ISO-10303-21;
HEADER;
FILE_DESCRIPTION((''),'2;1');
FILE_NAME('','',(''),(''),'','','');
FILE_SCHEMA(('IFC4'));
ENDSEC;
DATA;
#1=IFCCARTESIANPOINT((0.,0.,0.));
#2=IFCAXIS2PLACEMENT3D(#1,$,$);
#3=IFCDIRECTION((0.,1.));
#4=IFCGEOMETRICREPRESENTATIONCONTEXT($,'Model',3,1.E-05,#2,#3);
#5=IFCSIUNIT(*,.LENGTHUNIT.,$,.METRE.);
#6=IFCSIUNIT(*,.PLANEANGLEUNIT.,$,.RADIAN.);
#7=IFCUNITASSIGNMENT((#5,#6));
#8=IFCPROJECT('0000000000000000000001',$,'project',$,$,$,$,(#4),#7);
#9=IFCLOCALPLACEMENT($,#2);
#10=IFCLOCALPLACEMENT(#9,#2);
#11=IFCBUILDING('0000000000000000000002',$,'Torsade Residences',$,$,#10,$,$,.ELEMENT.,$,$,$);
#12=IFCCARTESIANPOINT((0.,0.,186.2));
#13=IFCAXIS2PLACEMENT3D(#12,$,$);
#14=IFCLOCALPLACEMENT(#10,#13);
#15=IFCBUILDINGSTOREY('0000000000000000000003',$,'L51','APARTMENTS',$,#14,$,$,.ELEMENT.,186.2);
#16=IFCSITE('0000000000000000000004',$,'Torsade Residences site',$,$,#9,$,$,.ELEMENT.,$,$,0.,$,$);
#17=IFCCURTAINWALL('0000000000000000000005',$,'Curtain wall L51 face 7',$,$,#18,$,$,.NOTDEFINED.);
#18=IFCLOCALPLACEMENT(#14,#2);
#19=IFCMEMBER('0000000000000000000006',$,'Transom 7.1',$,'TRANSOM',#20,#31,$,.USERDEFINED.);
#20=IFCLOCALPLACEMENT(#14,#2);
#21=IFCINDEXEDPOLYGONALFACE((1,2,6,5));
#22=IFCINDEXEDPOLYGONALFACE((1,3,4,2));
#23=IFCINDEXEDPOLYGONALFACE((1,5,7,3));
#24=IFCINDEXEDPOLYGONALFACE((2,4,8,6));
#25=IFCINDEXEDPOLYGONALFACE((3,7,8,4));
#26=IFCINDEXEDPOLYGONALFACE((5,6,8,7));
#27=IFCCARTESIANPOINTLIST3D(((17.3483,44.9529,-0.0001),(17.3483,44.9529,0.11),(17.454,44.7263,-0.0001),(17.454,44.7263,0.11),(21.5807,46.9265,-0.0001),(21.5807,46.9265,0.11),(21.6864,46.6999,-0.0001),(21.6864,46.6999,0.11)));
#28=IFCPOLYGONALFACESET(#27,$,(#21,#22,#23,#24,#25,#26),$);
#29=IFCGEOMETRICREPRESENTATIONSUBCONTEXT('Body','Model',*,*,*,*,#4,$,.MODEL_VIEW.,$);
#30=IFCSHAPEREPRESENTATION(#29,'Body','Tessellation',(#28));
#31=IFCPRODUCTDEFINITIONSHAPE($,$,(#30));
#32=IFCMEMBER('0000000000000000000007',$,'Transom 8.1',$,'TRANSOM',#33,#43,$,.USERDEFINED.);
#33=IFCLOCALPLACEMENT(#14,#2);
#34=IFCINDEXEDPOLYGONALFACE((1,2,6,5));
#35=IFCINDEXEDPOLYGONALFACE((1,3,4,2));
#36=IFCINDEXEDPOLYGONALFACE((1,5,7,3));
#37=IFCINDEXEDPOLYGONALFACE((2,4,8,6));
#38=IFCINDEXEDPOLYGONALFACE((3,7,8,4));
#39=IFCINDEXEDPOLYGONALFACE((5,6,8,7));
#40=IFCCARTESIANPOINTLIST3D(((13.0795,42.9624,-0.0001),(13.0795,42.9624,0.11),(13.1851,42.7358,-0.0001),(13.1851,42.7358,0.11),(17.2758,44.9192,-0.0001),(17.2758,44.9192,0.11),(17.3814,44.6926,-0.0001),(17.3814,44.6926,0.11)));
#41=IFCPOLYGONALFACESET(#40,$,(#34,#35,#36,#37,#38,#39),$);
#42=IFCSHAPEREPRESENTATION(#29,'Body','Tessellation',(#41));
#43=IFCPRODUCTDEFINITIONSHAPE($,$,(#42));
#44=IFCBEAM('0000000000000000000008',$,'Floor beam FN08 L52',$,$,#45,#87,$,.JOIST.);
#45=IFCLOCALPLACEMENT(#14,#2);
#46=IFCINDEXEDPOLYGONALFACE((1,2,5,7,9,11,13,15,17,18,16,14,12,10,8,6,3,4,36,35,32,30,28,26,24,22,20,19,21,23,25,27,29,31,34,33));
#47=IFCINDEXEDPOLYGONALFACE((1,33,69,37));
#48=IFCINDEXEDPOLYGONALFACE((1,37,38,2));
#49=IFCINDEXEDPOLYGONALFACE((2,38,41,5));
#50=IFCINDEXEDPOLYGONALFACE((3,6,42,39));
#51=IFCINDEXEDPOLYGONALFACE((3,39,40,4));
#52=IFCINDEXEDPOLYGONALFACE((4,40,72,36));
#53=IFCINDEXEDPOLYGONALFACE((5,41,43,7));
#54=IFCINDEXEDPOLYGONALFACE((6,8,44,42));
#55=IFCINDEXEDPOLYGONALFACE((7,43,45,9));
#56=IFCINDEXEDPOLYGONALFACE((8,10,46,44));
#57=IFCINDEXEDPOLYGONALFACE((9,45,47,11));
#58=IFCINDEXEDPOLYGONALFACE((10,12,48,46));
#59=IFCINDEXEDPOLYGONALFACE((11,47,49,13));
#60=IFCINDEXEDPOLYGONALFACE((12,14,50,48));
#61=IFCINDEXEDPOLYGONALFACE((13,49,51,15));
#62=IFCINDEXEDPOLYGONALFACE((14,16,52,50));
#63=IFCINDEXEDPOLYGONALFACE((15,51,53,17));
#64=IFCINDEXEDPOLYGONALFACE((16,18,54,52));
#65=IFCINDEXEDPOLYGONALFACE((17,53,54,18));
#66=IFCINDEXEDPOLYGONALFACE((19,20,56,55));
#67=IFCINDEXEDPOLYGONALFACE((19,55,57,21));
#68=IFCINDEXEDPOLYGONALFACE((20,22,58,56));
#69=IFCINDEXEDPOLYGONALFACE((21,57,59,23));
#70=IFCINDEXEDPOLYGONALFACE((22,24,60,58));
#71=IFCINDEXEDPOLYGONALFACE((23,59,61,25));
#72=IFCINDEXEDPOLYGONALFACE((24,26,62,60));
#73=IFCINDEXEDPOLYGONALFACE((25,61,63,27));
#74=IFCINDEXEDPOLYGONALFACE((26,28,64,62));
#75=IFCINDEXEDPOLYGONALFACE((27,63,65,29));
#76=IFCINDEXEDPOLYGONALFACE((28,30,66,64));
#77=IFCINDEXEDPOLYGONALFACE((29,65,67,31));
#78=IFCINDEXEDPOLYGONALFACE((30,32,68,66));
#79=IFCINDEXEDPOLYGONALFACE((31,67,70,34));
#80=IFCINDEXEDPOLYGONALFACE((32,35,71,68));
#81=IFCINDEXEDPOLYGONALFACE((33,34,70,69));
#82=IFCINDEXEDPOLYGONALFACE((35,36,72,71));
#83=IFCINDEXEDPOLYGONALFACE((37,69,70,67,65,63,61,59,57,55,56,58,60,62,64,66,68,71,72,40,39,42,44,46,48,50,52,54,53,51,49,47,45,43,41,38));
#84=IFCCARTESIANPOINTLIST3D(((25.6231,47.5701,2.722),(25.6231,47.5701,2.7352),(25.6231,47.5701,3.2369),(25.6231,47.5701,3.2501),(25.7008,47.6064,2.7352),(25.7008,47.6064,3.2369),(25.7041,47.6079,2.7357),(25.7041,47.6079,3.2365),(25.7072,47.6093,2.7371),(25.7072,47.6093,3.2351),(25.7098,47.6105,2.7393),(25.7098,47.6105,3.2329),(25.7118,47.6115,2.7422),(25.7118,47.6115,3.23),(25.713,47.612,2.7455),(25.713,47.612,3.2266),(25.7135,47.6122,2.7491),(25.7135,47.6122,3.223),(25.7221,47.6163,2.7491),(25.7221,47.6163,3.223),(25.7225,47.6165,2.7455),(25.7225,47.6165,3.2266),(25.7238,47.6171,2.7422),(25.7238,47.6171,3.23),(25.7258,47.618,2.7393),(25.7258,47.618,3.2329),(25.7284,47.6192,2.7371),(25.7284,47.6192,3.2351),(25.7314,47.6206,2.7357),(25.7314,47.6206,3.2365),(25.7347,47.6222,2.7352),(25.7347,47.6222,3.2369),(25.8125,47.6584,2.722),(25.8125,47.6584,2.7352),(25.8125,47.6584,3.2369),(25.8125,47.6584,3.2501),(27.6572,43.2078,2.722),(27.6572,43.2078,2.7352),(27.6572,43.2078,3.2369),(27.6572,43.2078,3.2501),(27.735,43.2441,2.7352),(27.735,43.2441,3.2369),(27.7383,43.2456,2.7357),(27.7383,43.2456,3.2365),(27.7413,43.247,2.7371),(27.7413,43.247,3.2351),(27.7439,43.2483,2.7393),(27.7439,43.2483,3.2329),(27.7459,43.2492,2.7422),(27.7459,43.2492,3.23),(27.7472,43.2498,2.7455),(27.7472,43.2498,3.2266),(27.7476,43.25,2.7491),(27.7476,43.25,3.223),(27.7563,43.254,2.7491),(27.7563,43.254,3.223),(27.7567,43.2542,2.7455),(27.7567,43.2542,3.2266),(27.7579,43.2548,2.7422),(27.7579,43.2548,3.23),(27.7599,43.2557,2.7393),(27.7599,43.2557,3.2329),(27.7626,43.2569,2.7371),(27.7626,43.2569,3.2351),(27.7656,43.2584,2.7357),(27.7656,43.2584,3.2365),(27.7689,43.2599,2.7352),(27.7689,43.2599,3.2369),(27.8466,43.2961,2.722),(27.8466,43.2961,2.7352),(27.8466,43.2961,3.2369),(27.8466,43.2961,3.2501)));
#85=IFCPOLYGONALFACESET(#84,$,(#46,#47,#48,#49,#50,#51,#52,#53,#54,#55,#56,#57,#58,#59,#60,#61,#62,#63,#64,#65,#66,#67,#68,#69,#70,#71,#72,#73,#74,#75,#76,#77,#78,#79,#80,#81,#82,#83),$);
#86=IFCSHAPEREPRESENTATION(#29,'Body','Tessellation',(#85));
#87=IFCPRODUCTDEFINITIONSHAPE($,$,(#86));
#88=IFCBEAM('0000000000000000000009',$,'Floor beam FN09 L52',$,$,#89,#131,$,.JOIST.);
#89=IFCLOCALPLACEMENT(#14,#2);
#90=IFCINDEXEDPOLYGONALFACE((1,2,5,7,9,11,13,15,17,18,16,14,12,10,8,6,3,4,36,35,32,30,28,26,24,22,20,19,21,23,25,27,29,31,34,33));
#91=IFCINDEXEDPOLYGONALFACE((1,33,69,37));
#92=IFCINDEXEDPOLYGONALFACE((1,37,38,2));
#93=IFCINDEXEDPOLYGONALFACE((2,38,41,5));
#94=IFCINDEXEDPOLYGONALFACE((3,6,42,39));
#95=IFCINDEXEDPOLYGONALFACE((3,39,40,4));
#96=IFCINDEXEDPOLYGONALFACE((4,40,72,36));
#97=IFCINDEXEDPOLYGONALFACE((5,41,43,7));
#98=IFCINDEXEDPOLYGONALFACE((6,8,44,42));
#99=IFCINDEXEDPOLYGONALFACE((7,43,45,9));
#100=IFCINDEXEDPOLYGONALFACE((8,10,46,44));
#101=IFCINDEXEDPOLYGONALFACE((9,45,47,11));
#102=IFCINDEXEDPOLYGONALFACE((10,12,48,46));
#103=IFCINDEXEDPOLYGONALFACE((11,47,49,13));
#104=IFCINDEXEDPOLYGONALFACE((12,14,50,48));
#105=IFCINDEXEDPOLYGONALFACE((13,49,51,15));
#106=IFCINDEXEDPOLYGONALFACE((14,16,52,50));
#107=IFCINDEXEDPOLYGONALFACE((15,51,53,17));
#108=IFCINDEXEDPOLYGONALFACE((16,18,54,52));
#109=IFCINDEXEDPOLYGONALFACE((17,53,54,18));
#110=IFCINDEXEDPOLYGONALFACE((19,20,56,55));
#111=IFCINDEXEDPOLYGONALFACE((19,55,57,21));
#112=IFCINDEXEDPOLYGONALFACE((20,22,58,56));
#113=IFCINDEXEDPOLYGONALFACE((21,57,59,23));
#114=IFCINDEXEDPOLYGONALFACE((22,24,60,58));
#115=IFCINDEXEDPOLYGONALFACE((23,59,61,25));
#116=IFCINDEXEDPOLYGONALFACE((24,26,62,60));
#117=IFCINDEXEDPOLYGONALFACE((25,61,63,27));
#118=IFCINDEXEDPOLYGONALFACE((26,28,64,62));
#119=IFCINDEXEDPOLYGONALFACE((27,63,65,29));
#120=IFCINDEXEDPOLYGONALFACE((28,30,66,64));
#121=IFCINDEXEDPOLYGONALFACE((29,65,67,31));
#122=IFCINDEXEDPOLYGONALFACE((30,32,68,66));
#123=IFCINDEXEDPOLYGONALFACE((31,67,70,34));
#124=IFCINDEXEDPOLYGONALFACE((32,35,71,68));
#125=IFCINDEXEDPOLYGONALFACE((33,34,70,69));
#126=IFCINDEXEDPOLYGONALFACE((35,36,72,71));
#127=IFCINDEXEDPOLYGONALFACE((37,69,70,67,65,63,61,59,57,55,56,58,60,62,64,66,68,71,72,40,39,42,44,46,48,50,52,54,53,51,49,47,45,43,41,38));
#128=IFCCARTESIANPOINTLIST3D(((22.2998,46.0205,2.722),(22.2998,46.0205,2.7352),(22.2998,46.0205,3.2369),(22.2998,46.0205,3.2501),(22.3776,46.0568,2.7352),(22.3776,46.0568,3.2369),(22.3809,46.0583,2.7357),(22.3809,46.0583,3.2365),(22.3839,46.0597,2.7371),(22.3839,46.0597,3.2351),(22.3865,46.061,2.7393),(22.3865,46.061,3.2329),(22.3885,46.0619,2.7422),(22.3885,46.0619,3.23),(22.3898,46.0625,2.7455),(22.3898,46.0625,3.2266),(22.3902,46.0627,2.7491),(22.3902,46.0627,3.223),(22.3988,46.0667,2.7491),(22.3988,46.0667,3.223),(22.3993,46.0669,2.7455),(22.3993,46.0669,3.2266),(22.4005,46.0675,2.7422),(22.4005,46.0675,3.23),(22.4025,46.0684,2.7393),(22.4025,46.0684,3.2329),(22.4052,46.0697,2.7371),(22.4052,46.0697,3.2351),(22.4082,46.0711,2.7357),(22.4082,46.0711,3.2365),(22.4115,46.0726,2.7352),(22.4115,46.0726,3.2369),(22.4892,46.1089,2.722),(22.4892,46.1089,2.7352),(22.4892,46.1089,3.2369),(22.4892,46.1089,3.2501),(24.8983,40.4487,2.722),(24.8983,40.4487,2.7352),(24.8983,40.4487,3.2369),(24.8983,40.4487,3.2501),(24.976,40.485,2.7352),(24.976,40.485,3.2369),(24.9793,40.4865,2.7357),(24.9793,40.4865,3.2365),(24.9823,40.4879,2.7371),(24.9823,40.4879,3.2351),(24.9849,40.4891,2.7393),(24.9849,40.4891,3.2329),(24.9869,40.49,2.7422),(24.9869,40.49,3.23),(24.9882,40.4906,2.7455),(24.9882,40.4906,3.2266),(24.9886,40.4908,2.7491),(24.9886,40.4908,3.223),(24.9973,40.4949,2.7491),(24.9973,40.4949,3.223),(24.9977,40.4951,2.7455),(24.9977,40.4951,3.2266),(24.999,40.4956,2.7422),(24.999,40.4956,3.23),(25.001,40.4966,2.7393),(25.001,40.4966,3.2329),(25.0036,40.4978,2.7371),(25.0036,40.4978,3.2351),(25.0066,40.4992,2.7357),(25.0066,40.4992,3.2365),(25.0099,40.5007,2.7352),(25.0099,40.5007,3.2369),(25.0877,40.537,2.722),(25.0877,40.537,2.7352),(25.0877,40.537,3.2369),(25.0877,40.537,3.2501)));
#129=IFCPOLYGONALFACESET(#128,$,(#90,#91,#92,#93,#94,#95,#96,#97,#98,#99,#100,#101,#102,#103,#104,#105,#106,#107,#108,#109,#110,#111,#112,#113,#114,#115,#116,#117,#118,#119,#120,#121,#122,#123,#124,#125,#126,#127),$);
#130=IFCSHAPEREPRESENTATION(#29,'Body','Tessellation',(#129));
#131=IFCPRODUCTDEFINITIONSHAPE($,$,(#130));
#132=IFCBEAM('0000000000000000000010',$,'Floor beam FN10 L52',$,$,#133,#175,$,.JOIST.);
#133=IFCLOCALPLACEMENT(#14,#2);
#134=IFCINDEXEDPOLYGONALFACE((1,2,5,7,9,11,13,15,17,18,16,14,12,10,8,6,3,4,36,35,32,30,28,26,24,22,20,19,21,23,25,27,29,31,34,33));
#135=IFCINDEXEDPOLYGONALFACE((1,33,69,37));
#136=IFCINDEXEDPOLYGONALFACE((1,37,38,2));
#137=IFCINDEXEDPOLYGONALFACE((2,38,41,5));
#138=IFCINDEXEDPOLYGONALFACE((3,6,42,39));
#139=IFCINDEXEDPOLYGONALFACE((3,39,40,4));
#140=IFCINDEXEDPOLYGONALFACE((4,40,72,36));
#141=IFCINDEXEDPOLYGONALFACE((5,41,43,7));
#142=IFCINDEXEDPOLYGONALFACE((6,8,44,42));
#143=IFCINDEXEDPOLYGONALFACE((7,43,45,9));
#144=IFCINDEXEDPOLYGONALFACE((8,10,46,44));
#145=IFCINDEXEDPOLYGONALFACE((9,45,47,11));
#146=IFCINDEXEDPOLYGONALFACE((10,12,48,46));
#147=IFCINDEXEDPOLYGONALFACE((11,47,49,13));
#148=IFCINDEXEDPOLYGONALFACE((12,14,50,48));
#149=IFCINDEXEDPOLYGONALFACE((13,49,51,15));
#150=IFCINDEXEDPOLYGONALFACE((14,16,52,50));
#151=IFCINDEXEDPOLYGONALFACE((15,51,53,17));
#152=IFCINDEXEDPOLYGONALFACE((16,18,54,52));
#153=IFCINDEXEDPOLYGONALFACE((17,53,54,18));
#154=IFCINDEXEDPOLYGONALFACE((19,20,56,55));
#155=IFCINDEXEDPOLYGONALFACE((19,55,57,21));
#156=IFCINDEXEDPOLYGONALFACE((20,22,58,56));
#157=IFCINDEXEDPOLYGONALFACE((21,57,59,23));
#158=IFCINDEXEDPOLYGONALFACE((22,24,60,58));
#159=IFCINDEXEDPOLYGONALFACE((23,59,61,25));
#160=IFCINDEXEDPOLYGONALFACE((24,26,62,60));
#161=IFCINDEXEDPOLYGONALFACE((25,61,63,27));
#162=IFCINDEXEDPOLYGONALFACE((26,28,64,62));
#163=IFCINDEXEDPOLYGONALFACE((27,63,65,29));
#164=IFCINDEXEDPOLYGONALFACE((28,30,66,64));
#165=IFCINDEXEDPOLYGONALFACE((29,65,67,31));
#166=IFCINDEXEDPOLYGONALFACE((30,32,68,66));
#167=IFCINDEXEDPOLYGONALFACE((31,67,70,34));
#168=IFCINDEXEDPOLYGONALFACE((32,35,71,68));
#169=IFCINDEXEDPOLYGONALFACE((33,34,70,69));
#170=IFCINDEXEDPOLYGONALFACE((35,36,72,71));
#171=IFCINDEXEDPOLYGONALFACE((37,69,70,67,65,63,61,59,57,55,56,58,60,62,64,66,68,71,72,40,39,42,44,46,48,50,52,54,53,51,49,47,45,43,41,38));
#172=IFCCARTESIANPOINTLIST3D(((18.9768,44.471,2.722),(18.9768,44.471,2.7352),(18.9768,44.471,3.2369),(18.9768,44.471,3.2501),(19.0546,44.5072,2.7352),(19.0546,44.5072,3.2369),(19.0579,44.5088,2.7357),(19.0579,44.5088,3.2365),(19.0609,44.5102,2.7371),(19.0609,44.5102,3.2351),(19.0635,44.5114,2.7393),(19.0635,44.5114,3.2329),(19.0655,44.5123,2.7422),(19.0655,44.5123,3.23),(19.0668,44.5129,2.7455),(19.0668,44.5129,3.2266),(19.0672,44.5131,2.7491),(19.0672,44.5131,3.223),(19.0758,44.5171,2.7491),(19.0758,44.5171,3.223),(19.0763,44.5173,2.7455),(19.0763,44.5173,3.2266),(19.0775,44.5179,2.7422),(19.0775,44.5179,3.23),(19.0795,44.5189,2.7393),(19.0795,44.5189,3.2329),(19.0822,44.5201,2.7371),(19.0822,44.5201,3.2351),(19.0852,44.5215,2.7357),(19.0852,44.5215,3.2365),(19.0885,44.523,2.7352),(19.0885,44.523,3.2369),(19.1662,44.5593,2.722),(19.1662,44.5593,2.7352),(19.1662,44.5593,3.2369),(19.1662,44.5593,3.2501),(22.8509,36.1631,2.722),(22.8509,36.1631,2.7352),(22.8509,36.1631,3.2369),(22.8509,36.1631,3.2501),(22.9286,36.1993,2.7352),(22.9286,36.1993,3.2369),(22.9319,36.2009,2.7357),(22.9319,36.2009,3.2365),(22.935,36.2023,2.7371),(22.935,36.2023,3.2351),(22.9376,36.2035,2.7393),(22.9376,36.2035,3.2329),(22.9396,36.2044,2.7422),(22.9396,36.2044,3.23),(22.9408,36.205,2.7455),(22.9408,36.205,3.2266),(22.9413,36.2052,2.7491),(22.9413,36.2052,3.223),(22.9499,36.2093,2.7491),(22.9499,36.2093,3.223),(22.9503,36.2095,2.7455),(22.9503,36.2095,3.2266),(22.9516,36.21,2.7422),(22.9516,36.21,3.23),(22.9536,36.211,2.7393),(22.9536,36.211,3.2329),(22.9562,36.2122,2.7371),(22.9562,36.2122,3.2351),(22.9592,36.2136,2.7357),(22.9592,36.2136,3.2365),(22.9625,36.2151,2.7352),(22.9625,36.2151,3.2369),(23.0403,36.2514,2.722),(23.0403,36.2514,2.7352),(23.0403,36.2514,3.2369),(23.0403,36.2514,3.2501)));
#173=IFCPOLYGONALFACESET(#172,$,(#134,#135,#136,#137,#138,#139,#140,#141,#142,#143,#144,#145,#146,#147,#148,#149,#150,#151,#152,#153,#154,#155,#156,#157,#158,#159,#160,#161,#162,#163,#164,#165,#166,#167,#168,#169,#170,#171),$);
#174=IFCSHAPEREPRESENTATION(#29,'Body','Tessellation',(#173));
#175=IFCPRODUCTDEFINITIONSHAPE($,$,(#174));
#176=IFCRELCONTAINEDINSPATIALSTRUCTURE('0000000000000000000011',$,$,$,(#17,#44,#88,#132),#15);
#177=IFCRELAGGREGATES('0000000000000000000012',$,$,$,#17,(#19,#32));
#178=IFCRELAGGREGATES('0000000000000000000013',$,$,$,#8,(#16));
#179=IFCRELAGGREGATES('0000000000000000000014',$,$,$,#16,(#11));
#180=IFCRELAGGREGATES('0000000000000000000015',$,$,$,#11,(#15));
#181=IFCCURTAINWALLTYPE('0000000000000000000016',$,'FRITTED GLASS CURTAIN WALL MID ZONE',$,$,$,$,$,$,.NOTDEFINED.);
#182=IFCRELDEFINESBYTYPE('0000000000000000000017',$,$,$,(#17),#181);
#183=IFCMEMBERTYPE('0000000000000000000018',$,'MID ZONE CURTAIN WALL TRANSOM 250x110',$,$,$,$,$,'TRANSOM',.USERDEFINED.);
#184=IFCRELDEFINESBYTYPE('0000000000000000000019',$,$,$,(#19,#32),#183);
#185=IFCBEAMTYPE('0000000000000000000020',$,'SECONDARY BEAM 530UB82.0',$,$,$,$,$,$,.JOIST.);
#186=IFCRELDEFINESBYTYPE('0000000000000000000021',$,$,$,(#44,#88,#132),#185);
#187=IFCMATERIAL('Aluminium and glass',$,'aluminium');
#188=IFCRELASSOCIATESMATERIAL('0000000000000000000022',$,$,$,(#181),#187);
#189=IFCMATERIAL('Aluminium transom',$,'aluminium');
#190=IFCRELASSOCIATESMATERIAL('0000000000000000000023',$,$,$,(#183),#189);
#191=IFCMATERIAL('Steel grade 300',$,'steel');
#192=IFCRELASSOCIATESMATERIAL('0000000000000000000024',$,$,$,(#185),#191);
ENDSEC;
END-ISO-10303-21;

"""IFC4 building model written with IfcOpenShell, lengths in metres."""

from ifc_helpers import new_model, si_unit, direction, frame, origin, origin_2d, place, context, subcontext, project, spatial, rectangle, i_section, extrude, material, material_profile, profile_set, type_object, element, aggregate, save


model = new_model("IFC4")

# Units and contexts
model_context = context("Model", 3, precision=1e-05, world=origin(), true_north=direction((0.0, 1.0)))
body_context = subcontext(model_context, "Body", "Model", "MODEL_VIEW")
ifc_project = project(units=[si_unit("LENGTHUNIT", "METRE"), si_unit("PLANEANGLEUNIT", "RADIAN")], contexts=[model_context])

# Site, building, storey
site_placement = place(None, origin())
site = spatial("IfcSite", under=ifc_project, at=site_placement, Name="Torsade Residences site", CompositionType="ELEMENT", RefElevation=0.0)
building_placement = place(site_placement, origin())
building = spatial("IfcBuilding", under=site, at=building_placement, Name="Torsade Residences", CompositionType="ELEMENT")
storey_placement = place(building_placement, frame((0.0, 0.0, 186.2)))
storey = spatial("IfcBuildingStorey", under=building, at=storey_placement, Name="L51", Description="APARTMENTS", CompositionType="ELEMENT", Elevation=186.2)

# Curtain wall, members
ifc_material_1 = material(Name="Aluminium and glass", Category="aluminium")
curtain_wall_type = type_object("IfcCurtainWallType", Name="FRITTED GLASS CURTAIN WALL MID ZONE", PredefinedType="NOTDEFINED", material=ifc_material_1)
curtain_wall_placement = place(storey_placement, origin())
curtain_wall = element("IfcCurtainWall", 1, at=curtain_wall_placement, inside=storey, type_object=curtain_wall_type, Name="Curtain wall L51 face 7", PredefinedType="NOTDEFINED")
ifc_material_2 = material(Name="Aluminium transom", Category="aluminium")
ifc_material_profile_1 = material_profile(ifc_material_2, rectangle(XDim=0.25, YDim=0.1101, at=origin_2d()), Name="MID ZONE CURTAIN WALL TRANSOM 250x110")
ifc_profile_set_1 = profile_set([ifc_material_profile_1], Name="Aluminium transom")
member_type_1 = type_object("IfcMemberType", Name="MID ZONE CURTAIN WALL TRANSOM 250x110", ElementType="TRANSOM", PredefinedType="USERDEFINED", material=ifc_profile_set_1)
member_1_placement = place(storey_placement, frame((21.6335, 46.8132, 0.0549), z_axis=(-0.906306, -0.422622, 0.0), x_axis=(0.422622, -0.906306, 0.0)))
member_1 = element("IfcMember", 2, at=member_1_placement, type_object=member_type_1, Name="Transom 7.1", ObjectType="TRANSOM", PredefinedType="USERDEFINED", context=body_context, shape_type="SweptSolid", body=[
    extrude(rectangle(XDim=0.25, YDim=0.1101, at=origin_2d()), origin(), (0.0, 0.0, 1.0), 4.6699),
])
member_2_placement = place(storey_placement, frame((17.3286, 44.8059, 0.0549), z_axis=(-0.906306, -0.422623, 0.0), x_axis=(0.422623, -0.906306, 0.0)))
member_2 = element("IfcMember", 3, at=member_2_placement, type_object=member_type_1, Name="Transom 8.1", ObjectType="TRANSOM", PredefinedType="USERDEFINED", context=body_context, shape_type="SweptSolid", body=[
    extrude(rectangle(XDim=0.25, YDim=0.1101, at=origin_2d()), origin(), (0.0, 0.0, 1.0), 4.6301),
])

# Beams
ifc_material_3 = material(Name="Steel grade 300", Category="steel")
ifc_material_profile_2 = material_profile(ifc_material_3, i_section(OverallWidth=0.209, OverallDepth=0.5281, WebThickness=0.0095, FlangeThickness=0.0132, FilletRadius=0.0139, at=origin_2d()), Name="530UB82.0")
ifc_profile_set_2 = profile_set([ifc_material_profile_2], Name="Steel grade 300")
beam_type_1 = type_object("IfcBeamType", Name="SECONDARY BEAM 530UB82.0", PredefinedType="JOIST", material=ifc_profile_set_2)
beam_1_placement = place(storey_placement, frame((25.7178, 47.6143, 2.9861), z_axis=(0.422619, -0.906308, 0.0), x_axis=(0.906308, 0.422619, 0.0)))
element("IfcBeam", 4, at=beam_1_placement, inside=storey, type_object=beam_type_1, Name="Floor beam FN08 L52", PredefinedType="JOIST", context=body_context, shape_type="SweptSolid", body=[
    extrude(i_section(OverallWidth=0.209, OverallDepth=0.5281, WebThickness=0.0095, FlangeThickness=0.0132, FilletRadius=0.0139, at=origin_2d()), origin(), (0.0, 0.0, 1.0), 4.8132),
])
beam_2_placement = place(storey_placement, frame((22.3945, 46.0647, 2.9861), z_axis=(0.422648, -0.906294, 0.0), x_axis=(0.906294, 0.422648, 0.0)))
element("IfcBeam", 5, at=beam_2_placement, inside=storey, type_object=beam_type_1, Name="Floor beam FN09 L52", PredefinedType="JOIST", context=body_context, shape_type="SweptSolid", body=[
    extrude(i_section(OverallWidth=0.209, OverallDepth=0.5281, WebThickness=0.0095, FlangeThickness=0.0132, FilletRadius=0.0139, at=origin_2d()), origin(), (0.0, 0.0, 1.0), 6.1479),
])
beam_3_placement = place(storey_placement, frame((19.0715, 44.5151, 2.9861), z_axis=(0.422619, -0.906308, 0.0), x_axis=(0.906308, 0.422619, 0.0)))
element("IfcBeam", 6, at=beam_3_placement, inside=storey, type_object=beam_type_1, Name="Floor beam FN10 L52", PredefinedType="JOIST", context=body_context, shape_type="SweptSolid", body=[
    extrude(i_section(OverallWidth=0.209, OverallDepth=0.5281, WebThickness=0.0095, FlangeThickness=0.0132, FilletRadius=0.0139, at=origin_2d()), origin(), (0.0, 0.0, 1.0), 9.1667),
])

aggregate(curtain_wall, [member_1, member_2])

save(model, "model.ifc")
